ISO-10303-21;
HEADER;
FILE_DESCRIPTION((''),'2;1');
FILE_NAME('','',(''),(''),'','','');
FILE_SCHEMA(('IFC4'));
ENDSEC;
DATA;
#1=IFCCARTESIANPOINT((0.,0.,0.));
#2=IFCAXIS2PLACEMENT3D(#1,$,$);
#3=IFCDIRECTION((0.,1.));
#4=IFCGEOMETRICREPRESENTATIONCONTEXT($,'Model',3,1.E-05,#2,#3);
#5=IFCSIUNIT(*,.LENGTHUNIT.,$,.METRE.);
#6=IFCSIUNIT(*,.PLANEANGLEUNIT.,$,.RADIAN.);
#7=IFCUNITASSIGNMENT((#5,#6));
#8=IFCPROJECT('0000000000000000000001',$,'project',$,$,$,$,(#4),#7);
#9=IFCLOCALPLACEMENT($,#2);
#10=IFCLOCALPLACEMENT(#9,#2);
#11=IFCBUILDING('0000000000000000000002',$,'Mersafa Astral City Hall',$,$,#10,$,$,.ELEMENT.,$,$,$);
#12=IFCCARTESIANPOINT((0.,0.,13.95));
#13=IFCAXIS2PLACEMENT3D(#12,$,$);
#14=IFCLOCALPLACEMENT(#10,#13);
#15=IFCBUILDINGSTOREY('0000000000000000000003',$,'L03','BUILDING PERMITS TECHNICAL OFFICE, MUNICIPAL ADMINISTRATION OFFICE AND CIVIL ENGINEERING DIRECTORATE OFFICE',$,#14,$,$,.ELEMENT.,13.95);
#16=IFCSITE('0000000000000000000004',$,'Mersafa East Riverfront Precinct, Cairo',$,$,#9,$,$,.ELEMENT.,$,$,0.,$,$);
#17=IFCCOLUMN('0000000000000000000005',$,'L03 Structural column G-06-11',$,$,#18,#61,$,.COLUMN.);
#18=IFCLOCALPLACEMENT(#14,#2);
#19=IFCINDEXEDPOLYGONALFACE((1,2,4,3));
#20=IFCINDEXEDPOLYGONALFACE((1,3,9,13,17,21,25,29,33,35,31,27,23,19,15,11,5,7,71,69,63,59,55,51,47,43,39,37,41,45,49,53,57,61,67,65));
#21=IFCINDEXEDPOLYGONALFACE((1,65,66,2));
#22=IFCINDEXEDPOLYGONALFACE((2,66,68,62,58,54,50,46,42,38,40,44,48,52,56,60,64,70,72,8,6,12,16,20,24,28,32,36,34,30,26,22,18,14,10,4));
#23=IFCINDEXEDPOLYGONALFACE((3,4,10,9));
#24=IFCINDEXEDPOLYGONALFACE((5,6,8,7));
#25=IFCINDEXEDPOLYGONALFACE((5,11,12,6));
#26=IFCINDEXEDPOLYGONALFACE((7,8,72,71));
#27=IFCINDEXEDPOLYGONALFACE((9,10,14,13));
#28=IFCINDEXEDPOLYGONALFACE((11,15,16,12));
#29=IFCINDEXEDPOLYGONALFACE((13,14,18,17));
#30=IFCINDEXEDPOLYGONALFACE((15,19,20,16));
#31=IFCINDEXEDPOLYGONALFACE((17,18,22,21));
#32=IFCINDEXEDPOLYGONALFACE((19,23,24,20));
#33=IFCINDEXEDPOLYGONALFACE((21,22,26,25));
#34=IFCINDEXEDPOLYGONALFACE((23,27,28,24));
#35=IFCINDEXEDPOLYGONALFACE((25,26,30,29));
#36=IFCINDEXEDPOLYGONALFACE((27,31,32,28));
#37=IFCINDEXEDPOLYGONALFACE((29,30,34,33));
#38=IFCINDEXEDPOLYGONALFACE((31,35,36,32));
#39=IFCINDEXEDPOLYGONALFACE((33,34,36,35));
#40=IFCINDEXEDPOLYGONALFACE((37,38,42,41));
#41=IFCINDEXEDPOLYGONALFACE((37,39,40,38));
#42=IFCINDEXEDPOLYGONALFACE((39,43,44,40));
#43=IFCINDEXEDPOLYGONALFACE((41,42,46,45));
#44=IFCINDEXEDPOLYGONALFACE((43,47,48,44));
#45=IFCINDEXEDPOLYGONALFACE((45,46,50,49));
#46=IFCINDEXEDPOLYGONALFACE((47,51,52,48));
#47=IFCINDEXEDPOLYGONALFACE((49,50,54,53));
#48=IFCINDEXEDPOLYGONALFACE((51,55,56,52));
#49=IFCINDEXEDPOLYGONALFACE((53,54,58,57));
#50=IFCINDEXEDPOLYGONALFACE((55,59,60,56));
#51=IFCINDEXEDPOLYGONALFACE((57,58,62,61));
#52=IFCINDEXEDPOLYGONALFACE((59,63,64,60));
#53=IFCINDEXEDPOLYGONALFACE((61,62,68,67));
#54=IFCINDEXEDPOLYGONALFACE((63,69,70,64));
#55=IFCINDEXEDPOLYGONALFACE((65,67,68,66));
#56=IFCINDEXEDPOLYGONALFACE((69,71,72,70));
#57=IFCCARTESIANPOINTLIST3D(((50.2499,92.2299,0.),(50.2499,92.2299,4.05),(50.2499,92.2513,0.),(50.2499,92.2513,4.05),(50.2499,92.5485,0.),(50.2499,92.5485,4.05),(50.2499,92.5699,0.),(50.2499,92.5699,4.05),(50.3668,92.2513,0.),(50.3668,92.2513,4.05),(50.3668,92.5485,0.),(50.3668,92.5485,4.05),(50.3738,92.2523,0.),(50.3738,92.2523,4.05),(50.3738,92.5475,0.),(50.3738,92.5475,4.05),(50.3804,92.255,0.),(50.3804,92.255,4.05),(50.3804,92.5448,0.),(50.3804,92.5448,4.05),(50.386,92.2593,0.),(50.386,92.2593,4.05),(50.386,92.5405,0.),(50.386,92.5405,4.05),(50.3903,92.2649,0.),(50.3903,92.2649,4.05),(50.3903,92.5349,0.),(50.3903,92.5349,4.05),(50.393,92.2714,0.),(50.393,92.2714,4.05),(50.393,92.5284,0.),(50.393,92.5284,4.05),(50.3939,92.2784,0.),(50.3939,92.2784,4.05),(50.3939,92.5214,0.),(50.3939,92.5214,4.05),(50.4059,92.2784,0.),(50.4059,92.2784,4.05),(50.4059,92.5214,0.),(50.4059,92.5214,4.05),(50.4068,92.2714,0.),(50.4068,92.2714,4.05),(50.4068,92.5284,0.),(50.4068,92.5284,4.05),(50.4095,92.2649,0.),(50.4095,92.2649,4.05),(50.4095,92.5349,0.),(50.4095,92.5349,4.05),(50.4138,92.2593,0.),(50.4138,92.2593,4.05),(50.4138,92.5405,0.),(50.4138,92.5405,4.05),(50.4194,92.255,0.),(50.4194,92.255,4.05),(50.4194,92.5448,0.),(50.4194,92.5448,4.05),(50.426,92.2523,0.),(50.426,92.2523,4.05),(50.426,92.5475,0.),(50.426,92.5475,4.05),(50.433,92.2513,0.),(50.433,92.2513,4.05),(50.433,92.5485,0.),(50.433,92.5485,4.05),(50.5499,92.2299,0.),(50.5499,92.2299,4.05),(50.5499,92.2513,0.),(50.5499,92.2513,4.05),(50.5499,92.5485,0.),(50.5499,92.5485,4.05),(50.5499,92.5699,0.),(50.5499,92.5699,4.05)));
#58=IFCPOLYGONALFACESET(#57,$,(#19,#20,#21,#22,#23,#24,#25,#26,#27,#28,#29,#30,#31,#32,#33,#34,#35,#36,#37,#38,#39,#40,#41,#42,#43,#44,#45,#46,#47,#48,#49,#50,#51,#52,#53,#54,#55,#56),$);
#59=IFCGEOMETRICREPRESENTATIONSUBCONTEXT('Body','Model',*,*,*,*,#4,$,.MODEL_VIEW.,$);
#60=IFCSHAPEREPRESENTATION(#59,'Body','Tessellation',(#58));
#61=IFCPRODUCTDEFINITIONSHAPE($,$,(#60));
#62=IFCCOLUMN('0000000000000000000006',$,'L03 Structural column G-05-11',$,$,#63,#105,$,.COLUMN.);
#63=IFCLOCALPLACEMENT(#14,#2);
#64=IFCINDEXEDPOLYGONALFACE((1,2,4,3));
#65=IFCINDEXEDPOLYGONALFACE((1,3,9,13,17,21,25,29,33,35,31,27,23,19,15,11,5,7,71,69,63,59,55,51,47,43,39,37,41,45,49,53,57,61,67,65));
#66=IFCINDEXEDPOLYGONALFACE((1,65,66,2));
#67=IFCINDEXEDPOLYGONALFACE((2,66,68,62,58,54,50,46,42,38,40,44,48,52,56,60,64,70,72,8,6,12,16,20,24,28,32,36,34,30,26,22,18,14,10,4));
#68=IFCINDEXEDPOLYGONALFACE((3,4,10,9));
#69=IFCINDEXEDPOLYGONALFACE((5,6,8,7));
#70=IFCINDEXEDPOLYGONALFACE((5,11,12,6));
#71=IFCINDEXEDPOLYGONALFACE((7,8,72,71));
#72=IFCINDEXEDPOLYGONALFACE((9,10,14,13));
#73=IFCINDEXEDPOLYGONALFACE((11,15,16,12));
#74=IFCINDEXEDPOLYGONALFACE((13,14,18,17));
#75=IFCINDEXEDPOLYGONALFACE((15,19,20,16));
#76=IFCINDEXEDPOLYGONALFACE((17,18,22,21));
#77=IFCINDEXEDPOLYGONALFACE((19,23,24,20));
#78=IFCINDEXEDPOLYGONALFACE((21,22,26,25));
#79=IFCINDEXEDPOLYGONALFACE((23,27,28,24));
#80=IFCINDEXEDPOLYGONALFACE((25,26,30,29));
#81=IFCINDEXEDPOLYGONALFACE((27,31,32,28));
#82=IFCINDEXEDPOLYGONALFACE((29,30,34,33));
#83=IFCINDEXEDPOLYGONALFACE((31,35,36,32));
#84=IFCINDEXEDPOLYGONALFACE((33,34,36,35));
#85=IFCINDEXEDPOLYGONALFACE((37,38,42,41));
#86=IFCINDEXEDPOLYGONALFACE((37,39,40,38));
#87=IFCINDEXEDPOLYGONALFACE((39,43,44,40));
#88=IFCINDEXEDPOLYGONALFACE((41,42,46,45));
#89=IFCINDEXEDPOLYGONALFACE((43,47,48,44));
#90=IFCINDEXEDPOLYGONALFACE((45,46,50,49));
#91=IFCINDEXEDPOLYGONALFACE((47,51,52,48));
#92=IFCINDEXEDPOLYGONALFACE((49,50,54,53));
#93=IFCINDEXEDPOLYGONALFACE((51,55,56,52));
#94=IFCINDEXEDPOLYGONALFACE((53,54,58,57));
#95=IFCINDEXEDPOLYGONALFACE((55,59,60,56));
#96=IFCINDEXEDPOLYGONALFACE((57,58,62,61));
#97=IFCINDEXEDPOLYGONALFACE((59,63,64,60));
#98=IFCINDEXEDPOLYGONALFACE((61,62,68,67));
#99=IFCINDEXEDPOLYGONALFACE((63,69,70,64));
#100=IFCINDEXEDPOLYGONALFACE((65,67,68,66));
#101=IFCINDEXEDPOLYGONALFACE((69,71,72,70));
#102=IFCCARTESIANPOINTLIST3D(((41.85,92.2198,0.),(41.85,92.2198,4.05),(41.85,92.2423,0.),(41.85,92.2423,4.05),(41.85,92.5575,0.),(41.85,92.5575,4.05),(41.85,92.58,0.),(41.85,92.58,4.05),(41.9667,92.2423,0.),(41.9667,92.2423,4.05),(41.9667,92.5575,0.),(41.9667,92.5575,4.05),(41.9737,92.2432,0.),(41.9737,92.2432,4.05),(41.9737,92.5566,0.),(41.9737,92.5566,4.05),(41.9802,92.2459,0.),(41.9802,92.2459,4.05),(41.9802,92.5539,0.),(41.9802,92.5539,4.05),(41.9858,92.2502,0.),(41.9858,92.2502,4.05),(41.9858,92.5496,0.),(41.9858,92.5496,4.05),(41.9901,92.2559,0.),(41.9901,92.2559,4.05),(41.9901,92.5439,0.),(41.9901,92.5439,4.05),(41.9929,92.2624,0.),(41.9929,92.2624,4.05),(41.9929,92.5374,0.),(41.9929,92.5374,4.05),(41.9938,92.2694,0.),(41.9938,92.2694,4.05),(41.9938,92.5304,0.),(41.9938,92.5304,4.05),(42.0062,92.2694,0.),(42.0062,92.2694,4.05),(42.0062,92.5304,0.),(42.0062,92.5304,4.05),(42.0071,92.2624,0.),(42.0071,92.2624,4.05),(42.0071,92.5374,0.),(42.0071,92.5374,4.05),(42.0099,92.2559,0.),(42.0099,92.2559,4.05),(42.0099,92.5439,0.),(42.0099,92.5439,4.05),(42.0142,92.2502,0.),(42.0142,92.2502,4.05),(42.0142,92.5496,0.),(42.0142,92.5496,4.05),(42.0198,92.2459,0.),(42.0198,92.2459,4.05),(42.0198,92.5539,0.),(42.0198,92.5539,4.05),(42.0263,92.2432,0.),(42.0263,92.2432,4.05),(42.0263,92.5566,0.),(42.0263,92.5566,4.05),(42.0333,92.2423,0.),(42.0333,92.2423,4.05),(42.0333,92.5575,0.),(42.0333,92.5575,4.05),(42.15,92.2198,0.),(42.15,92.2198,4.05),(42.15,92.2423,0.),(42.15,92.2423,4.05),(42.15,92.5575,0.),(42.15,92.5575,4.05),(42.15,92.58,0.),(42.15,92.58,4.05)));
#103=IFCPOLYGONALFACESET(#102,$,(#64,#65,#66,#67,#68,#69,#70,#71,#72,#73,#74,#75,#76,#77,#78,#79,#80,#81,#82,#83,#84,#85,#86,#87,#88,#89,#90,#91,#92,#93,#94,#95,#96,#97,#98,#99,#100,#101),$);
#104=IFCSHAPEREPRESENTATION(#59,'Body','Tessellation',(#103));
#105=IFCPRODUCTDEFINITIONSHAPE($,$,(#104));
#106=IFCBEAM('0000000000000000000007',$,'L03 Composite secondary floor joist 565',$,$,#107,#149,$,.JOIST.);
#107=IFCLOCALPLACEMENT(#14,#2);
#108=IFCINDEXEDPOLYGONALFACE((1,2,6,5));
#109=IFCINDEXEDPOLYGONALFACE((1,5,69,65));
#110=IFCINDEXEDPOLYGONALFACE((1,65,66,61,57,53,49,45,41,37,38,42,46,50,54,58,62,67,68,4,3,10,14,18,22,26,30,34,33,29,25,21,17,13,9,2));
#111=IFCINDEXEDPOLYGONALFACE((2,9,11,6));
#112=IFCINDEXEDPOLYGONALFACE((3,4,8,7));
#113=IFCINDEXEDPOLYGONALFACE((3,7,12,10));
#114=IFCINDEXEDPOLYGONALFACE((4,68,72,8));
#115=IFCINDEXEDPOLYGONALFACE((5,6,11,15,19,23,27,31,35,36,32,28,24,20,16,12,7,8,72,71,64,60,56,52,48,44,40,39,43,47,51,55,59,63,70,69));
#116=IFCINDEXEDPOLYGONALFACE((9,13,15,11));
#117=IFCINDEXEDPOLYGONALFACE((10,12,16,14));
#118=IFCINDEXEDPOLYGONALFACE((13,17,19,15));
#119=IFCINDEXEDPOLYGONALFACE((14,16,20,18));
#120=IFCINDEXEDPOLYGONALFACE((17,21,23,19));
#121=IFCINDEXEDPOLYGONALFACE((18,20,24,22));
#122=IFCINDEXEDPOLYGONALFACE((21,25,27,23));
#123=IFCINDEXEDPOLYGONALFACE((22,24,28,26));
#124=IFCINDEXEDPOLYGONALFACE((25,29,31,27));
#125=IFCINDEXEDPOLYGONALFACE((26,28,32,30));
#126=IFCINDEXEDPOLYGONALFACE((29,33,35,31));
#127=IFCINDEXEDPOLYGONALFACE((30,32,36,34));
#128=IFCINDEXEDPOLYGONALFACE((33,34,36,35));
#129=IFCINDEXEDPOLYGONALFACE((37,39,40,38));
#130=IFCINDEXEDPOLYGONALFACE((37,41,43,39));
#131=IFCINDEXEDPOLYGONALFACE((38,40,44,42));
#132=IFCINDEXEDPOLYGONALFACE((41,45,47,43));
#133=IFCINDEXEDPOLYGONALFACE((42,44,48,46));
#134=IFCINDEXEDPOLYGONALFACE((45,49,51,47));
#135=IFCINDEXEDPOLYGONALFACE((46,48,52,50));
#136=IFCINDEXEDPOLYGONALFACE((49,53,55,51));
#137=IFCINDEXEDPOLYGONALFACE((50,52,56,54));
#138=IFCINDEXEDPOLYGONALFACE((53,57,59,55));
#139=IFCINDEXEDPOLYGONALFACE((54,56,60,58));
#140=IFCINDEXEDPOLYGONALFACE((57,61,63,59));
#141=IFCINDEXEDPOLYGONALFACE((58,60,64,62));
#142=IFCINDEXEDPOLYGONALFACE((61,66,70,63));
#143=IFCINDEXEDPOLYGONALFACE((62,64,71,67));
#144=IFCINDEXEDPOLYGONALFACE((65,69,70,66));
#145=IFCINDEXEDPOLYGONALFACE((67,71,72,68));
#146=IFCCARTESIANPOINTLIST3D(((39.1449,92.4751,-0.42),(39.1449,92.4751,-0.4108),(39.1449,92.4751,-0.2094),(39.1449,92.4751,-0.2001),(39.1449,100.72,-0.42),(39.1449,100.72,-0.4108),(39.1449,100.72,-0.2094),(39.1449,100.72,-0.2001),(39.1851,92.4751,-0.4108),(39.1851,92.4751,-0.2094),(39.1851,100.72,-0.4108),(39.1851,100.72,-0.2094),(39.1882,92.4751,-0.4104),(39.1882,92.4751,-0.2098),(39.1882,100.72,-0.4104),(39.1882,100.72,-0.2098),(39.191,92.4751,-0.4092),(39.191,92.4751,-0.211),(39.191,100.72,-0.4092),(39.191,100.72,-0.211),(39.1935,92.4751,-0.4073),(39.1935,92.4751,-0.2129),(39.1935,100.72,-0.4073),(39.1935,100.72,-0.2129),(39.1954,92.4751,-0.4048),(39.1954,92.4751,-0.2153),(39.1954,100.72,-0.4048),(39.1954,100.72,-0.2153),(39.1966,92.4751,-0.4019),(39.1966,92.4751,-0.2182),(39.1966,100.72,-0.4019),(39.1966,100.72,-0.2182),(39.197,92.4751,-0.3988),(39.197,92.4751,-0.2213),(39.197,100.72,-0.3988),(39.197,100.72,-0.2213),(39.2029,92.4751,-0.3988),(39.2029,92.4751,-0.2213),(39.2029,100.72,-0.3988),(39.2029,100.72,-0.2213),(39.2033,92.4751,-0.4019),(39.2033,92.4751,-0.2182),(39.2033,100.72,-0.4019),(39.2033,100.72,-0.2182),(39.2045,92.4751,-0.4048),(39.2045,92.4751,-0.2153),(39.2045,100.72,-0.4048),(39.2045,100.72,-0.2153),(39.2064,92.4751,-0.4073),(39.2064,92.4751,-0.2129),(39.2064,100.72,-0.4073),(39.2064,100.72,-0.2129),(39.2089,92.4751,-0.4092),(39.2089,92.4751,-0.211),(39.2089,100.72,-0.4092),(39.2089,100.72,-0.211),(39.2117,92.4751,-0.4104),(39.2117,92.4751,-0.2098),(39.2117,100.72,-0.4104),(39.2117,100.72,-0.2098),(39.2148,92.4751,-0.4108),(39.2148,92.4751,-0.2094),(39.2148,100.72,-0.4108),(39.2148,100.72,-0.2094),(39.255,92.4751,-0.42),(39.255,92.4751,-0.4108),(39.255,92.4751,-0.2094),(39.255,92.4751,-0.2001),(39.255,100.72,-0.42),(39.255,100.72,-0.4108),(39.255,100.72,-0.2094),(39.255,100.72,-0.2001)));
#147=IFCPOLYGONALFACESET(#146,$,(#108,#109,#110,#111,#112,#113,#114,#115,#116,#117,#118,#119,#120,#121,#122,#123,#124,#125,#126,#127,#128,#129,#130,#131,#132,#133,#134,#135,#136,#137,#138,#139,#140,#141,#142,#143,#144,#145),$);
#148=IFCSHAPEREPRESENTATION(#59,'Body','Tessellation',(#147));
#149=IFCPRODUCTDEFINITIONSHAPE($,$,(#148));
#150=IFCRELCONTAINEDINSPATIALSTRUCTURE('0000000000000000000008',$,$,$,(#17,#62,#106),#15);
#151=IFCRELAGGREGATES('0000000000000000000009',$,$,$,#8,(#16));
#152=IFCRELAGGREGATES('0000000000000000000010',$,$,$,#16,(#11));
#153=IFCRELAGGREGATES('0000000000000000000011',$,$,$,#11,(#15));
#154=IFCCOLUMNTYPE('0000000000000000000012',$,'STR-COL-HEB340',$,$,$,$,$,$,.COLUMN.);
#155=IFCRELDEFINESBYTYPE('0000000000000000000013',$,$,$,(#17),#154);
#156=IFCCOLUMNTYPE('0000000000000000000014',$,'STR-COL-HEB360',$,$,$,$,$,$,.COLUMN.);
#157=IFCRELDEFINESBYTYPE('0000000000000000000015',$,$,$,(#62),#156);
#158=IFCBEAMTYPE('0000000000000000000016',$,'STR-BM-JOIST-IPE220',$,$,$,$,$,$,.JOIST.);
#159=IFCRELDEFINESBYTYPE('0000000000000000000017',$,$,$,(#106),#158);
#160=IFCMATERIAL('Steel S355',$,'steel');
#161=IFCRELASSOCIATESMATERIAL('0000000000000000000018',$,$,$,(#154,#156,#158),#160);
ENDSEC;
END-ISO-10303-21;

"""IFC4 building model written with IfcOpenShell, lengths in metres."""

from ifc_helpers import new_model, si_unit, direction, frame, origin, origin_2d, place, context, subcontext, project, spatial, i_section, extrude, material, material_profile, profile_set, type_object, element, save


model = new_model("IFC4")

# Units and contexts
model_context = context("Model", 3, precision=1e-05, world=origin(), true_north=direction((0.0, 1.0)))
body_context = subcontext(model_context, "Body", "Model", "MODEL_VIEW")
ifc_project = project(units=[si_unit("LENGTHUNIT", "METRE"), si_unit("PLANEANGLEUNIT", "RADIAN")], contexts=[model_context])

# Site, building, storey
site_placement = place(None, origin())
site = spatial("IfcSite", under=ifc_project, at=site_placement, Name="Mersafa East Riverfront Precinct, Cairo", CompositionType="ELEMENT", RefElevation=0.0)
building_placement = place(site_placement, origin())
building = spatial("IfcBuilding", under=site, at=building_placement, Name="Mersafa Astral City Hall", CompositionType="ELEMENT")
storey_placement = place(building_placement, frame((0.0, 0.0, 13.95)))
storey = spatial("IfcBuildingStorey", under=building, at=storey_placement, Name="L03", Description="BUILDING PERMITS TECHNICAL OFFICE, MUNICIPAL ADMINISTRATION OFFICE AND CIVIL ENGINEERING DIRECTORATE OFFICE", CompositionType="ELEMENT", Elevation=13.95)

# Columns
ifc_material_1 = material(Name="Steel S355", Category="steel")
ifc_material_profile_1 = material_profile(ifc_material_1, i_section(OverallWidth=0.3, OverallDepth=0.3401, WebThickness=0.012, FlangeThickness=0.0215, FilletRadius=0.0271, at=origin_2d()), Name="HEB 340")
ifc_profile_set_1 = profile_set([ifc_material_profile_1], Name="Steel S355")
column_type_1 = type_object("IfcColumnType", Name="STR-COL-HEB340", PredefinedType="COLUMN", material=ifc_profile_set_1)
column_1_placement = place(storey_placement, frame((50.3999, 92.3999, 0.0), z_axis=(0.0, 0.0, 1.0), x_axis=(1.0, 0.0, 0.0)))
element("IfcColumn", 1, at=column_1_placement, inside=storey, type_object=column_type_1, Name="L03 Structural column G-06-11", PredefinedType="COLUMN", context=body_context, shape_type="SweptSolid", body=[
    extrude(i_section(OverallWidth=0.3, OverallDepth=0.3401, WebThickness=0.012, FlangeThickness=0.0215, FilletRadius=0.0271, at=origin_2d()), origin(), (0.0, 0.0, 1.0), 4.05),
])
ifc_material_profile_2 = material_profile(ifc_material_1, i_section(OverallWidth=0.3, OverallDepth=0.3601, WebThickness=0.0125, FlangeThickness=0.0225, FilletRadius=0.0271, at=origin_2d()), Name="HEB 360")
ifc_profile_set_2 = profile_set([ifc_material_profile_2], Name="Steel S355")
column_type_2 = type_object("IfcColumnType", Name="STR-COL-HEB360", PredefinedType="COLUMN", material=ifc_profile_set_2)
column_2_placement = place(storey_placement, frame((42.0, 92.3999, 0.0), z_axis=(0.0, 0.0, 1.0), x_axis=(1.0, 0.0, 0.0)))
element("IfcColumn", 2, at=column_2_placement, inside=storey, type_object=column_type_2, Name="L03 Structural column G-05-11", PredefinedType="COLUMN", context=body_context, shape_type="SweptSolid", body=[
    extrude(i_section(OverallWidth=0.3, OverallDepth=0.3601, WebThickness=0.0125, FlangeThickness=0.0225, FilletRadius=0.0271, at=origin_2d()), origin(), (0.0, 0.0, 1.0), 4.05),
])

# Beam
ifc_material_profile_3 = material_profile(ifc_material_1, i_section(OverallWidth=0.1101, OverallDepth=0.22, WebThickness=0.0059, FlangeThickness=0.0093, FilletRadius=0.012, at=origin_2d()), Name="IPE 220")
ifc_profile_set_3 = profile_set([ifc_material_profile_3], Name="Steel S355")
beam_type_1 = type_object("IfcBeamType", Name="STR-BM-JOIST-IPE220", PredefinedType="JOIST", material=ifc_profile_set_3)
beam_1_placement = place(storey_placement, frame((39.2, 92.4751, -0.3101), z_axis=(0.0, 1.0, 0.0), x_axis=(-1.0, 0.0, 0.0)))
element("IfcBeam", 3, at=beam_1_placement, inside=storey, type_object=beam_type_1, Name="L03 Composite secondary floor joist 565", PredefinedType="JOIST", context=body_context, shape_type="SweptSolid", body=[
    extrude(i_section(OverallWidth=0.1101, OverallDepth=0.22, WebThickness=0.0059, FlangeThickness=0.0093, FilletRadius=0.012, at=origin_2d()), origin(), (0.0, 0.0, 1.0), 8.2449),
])

save(model, "model.ifc")
